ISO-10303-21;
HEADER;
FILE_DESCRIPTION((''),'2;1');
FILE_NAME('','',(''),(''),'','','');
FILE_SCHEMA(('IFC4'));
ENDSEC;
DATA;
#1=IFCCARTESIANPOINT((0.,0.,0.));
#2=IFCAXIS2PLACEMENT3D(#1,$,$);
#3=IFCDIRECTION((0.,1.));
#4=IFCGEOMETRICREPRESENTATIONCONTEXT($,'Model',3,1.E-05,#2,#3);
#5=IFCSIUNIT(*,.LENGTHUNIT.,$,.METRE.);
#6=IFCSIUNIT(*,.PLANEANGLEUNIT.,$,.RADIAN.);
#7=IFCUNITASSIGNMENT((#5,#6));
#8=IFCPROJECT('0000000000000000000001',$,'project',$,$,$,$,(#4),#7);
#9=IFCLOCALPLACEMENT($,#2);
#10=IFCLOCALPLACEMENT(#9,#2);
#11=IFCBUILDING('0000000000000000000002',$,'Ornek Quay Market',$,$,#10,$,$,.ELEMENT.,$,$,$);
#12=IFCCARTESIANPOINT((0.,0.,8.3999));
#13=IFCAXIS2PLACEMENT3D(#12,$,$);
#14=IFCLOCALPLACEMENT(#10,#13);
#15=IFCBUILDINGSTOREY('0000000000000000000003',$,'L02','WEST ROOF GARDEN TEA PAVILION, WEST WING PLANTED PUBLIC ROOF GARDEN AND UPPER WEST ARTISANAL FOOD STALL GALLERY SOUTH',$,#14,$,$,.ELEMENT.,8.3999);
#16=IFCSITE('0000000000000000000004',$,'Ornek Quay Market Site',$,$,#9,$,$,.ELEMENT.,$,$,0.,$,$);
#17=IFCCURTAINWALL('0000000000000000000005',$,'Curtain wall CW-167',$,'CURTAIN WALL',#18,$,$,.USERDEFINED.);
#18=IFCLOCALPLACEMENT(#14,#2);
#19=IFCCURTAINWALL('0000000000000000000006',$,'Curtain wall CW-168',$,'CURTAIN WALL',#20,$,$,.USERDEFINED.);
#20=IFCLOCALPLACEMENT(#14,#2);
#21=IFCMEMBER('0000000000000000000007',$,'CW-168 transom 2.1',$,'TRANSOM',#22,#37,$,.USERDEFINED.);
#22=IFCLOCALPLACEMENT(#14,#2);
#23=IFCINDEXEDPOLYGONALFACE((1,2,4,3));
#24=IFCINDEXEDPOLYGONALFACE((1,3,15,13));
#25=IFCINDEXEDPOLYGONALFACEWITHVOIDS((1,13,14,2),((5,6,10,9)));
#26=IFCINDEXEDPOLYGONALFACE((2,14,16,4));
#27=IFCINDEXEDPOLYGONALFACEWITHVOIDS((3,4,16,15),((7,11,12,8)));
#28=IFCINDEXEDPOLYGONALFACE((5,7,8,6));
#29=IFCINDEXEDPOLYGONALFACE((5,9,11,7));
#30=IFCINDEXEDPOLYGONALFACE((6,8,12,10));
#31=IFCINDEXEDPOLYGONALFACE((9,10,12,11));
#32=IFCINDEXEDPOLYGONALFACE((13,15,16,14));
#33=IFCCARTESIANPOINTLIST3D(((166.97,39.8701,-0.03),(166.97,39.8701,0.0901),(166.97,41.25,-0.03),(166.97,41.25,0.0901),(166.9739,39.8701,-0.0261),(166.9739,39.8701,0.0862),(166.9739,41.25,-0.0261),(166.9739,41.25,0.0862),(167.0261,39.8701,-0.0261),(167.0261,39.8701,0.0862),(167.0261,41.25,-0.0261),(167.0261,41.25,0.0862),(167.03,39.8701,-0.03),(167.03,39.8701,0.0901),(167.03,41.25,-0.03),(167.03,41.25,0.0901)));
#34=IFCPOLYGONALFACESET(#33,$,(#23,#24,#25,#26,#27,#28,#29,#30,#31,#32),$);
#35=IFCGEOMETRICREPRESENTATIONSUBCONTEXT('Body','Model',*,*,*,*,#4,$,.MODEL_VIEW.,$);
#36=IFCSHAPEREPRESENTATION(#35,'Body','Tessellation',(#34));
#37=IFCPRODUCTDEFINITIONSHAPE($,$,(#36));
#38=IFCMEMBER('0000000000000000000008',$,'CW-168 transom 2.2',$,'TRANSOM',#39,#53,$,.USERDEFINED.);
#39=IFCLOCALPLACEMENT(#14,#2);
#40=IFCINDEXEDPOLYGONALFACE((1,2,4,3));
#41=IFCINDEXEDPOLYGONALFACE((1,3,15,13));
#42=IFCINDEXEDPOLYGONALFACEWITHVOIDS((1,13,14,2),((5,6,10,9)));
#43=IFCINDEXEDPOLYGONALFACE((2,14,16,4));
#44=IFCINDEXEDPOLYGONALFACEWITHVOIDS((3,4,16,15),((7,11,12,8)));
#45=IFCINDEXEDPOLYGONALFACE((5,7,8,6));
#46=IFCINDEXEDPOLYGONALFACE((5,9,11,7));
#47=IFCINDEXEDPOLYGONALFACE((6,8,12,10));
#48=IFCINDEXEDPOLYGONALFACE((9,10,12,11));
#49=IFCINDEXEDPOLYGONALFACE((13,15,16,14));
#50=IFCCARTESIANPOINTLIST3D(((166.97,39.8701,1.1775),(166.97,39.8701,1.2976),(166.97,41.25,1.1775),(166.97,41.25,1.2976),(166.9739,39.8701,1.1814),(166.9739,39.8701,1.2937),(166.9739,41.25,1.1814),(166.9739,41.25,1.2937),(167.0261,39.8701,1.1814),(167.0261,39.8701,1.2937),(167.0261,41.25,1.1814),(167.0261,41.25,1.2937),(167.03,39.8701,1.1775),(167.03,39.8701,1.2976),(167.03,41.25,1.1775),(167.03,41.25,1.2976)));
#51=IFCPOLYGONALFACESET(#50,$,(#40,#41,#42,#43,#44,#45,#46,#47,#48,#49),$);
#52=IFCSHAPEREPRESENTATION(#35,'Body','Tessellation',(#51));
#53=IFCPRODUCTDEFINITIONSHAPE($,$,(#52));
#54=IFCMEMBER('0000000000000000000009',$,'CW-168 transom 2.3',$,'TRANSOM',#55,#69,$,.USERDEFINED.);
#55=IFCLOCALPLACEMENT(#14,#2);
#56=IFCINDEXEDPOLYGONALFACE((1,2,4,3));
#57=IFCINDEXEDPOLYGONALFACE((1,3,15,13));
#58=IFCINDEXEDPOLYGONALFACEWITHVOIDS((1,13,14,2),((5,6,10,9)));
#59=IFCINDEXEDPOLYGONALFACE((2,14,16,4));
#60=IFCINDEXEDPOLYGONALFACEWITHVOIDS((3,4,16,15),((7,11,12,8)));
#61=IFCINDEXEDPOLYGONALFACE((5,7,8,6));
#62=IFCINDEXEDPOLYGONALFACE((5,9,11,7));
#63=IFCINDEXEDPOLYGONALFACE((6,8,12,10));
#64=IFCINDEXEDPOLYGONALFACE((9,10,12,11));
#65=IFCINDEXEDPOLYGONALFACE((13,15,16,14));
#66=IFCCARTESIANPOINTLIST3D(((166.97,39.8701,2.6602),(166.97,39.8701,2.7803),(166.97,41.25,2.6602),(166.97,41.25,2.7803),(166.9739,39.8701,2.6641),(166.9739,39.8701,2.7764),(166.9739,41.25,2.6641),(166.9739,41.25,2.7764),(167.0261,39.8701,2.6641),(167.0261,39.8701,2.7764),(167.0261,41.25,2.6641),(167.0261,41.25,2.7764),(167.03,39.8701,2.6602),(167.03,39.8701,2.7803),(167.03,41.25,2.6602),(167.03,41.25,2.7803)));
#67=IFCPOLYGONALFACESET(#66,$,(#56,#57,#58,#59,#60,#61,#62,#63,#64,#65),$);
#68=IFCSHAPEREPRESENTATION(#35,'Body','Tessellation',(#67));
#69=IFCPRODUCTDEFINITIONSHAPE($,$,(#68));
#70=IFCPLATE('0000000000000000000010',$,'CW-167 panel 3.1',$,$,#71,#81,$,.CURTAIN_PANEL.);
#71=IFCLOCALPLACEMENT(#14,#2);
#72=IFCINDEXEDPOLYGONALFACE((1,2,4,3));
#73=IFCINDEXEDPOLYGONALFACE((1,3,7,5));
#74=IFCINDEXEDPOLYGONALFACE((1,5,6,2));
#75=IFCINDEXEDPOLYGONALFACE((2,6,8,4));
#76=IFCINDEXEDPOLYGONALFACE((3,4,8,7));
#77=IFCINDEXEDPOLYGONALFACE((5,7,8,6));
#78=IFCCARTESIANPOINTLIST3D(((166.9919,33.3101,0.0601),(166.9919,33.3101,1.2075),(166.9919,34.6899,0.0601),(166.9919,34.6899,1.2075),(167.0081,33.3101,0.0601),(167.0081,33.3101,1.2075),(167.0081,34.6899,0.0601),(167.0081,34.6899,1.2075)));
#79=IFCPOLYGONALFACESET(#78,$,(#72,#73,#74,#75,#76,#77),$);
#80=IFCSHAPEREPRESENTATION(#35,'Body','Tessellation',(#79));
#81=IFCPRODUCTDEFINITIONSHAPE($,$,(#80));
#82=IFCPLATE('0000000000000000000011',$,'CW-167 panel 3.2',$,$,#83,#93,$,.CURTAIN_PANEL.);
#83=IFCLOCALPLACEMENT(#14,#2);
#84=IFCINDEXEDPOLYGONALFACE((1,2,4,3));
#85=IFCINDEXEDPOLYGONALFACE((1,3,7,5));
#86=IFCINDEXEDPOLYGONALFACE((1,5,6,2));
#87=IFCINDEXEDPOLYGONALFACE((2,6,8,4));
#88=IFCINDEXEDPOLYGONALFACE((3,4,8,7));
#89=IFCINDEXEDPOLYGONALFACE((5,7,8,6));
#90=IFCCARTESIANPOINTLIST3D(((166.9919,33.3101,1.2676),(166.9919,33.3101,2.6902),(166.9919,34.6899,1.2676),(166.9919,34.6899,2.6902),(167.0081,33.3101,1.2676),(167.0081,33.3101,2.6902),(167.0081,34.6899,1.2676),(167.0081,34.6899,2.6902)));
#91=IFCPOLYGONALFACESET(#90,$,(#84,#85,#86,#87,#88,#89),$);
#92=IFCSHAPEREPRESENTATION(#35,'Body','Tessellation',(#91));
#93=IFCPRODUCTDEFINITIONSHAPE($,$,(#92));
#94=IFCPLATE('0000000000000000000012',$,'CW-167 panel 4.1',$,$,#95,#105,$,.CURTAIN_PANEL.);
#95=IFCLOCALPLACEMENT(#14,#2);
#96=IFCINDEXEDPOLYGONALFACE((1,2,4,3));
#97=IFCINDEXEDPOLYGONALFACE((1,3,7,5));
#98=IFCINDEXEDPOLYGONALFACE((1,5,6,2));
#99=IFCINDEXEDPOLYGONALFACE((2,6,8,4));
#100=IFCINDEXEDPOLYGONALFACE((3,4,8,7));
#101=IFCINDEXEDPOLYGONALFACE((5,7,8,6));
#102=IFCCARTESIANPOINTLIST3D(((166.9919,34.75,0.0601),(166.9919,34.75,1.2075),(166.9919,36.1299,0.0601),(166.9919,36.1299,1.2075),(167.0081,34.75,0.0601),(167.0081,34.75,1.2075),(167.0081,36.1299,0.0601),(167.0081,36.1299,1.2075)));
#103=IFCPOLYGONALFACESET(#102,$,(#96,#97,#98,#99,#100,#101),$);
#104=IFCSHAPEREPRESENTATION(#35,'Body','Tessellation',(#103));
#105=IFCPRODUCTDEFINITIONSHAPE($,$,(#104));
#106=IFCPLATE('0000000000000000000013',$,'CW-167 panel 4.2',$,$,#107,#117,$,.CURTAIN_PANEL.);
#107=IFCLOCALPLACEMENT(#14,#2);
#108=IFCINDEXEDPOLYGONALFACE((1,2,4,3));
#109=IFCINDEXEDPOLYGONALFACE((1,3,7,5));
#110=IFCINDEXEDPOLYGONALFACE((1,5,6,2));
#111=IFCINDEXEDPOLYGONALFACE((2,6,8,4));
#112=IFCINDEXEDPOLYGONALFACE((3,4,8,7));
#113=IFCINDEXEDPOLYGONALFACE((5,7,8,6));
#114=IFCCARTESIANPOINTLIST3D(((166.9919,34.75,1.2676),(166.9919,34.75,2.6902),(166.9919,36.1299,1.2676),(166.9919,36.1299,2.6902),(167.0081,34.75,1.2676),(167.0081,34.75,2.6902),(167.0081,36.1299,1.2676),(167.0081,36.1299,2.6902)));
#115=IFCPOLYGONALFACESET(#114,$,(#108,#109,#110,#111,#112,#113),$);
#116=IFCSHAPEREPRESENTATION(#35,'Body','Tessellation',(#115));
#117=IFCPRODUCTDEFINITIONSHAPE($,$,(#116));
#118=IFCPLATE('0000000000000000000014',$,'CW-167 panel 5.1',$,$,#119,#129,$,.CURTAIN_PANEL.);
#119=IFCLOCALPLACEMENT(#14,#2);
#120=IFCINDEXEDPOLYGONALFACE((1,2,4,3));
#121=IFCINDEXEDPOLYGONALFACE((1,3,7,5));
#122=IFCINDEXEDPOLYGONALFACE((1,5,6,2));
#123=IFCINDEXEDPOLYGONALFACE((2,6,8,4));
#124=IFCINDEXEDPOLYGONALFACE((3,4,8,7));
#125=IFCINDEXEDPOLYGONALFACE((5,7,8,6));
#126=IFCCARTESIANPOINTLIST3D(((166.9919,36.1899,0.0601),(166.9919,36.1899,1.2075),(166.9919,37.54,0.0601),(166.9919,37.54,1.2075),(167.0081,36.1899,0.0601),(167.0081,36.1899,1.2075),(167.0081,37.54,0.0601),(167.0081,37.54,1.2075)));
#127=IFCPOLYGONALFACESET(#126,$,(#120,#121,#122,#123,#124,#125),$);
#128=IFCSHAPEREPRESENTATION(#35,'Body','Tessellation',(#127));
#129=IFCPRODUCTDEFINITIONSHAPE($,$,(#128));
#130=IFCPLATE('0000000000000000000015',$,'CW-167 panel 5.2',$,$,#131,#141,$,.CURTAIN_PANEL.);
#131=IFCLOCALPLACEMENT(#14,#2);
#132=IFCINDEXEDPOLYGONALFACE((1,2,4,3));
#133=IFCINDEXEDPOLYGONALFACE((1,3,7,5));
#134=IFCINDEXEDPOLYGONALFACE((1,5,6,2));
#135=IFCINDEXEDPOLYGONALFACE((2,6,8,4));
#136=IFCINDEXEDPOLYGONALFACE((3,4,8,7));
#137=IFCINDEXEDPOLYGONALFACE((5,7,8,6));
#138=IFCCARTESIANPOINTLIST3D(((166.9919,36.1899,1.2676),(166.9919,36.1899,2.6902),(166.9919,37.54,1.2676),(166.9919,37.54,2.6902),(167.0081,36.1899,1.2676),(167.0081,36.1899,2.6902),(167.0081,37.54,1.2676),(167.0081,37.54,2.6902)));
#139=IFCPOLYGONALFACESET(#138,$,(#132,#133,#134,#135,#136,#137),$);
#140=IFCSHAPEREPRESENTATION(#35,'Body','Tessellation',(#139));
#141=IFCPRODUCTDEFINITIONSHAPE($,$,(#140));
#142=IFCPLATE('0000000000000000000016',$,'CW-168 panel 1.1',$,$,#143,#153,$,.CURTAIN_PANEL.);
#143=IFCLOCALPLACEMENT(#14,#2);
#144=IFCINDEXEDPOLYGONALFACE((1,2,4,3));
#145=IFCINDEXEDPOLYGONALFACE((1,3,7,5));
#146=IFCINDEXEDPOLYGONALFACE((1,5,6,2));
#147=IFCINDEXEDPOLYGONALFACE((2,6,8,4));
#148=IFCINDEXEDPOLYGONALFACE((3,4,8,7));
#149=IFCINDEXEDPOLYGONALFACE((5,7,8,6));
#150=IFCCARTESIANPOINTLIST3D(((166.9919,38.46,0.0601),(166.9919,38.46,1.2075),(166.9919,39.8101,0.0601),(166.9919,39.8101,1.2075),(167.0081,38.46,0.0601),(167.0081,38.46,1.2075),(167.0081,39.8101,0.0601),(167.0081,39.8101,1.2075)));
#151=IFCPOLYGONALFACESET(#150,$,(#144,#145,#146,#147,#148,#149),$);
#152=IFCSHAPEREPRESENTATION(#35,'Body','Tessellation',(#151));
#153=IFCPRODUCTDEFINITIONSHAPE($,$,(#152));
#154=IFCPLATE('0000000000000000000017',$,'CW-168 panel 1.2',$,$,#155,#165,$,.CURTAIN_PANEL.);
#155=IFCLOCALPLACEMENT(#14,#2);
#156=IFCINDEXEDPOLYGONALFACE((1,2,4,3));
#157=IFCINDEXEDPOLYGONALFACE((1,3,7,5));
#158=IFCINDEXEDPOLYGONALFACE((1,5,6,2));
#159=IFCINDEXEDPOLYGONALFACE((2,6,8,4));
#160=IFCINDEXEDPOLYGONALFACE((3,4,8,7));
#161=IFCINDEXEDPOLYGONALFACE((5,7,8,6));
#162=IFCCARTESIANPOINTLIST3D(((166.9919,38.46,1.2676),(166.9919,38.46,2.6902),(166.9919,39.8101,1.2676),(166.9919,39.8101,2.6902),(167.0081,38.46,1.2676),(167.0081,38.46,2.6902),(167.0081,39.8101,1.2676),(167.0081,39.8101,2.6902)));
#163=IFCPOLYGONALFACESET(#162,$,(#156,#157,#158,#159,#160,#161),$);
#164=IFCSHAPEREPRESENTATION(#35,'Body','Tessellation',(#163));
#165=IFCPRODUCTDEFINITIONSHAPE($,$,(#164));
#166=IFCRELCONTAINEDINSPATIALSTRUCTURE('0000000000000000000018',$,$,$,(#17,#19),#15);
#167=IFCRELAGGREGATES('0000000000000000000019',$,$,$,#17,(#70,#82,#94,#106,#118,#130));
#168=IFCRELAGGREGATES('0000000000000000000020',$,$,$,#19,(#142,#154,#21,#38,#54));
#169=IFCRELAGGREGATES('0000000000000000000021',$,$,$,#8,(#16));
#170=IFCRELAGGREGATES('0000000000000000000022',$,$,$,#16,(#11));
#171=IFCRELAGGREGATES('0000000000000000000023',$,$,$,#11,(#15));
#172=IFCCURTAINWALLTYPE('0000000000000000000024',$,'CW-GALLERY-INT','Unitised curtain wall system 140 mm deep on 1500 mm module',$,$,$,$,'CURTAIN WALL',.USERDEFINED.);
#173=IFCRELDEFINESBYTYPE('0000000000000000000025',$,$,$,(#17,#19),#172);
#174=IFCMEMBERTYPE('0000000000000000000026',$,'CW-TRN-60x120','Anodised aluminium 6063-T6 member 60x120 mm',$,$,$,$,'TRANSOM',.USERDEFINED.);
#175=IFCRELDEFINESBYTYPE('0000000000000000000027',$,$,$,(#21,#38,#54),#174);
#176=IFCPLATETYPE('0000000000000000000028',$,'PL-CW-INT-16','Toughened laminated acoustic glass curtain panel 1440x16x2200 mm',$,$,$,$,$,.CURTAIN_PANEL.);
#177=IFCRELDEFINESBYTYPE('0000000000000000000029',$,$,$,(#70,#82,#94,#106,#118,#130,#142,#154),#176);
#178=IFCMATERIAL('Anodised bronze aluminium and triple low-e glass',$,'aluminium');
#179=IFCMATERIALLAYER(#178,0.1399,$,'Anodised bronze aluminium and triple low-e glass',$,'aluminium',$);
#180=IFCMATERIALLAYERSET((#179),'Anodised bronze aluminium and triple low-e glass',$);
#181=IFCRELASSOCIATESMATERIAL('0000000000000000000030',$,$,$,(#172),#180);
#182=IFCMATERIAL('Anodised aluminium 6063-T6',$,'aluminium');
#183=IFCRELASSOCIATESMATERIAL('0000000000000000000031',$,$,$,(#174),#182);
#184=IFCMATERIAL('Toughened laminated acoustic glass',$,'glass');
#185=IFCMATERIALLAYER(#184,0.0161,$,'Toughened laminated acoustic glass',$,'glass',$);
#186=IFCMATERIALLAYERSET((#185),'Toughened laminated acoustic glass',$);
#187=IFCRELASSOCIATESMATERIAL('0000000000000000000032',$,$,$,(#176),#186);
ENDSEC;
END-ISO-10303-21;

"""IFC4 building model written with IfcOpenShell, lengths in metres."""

from ifc_helpers import new_model, si_unit, direction, frame, origin, origin_2d, place, context, subcontext, project, spatial, rectangle, hollow_rectangle, extrude, material, layer, layer_set, material_profile, profile_set, type_object, element, aggregate, save


model = new_model("IFC4")

# Units and contexts
model_context = context("Model", 3, precision=1e-05, world=origin(), true_north=direction((0.0, 1.0)))
body_context = subcontext(model_context, "Body", "Model", "MODEL_VIEW")
ifc_project = project(units=[si_unit("LENGTHUNIT", "METRE"), si_unit("PLANEANGLEUNIT", "RADIAN")], contexts=[model_context])

# Site, building, storey
site_placement = place(None, origin())
site = spatial("IfcSite", under=ifc_project, at=site_placement, Name="Ornek Quay Market Site", CompositionType="ELEMENT", RefElevation=0.0)
building_placement = place(site_placement, origin())
building = spatial("IfcBuilding", under=site, at=building_placement, Name="Ornek Quay Market", CompositionType="ELEMENT")
storey_placement = place(building_placement, frame((0.0, 0.0, 8.3999)))
storey = spatial("IfcBuildingStorey", under=building, at=storey_placement, Name="L02", Description="WEST ROOF GARDEN TEA PAVILION, WEST WING PLANTED PUBLIC ROOF GARDEN AND UPPER WEST ARTISANAL FOOD STALL GALLERY SOUTH", CompositionType="ELEMENT", Elevation=8.3999)

# Curtain walls
ifc_material_1 = material(Name="Anodised bronze aluminium and triple low-e glass", Category="aluminium")
ifc_layer_1 = layer(ifc_material_1, 0.1399, Name="Anodised bronze aluminium and triple low-e glass", Category="aluminium")
ifc_layer_set_1 = layer_set([ifc_layer_1], Name="Anodised bronze aluminium and triple low-e glass")
curtain_wall_type = type_object("IfcCurtainWallType", Name="CW-GALLERY-INT", Description="Unitised curtain wall system 140 mm deep on 1500 mm module", ElementType="CURTAIN WALL", PredefinedType="USERDEFINED", material=ifc_layer_set_1)
curtain_wall_1_placement = place(storey_placement, origin())
curtain_wall_1 = element("IfcCurtainWall", 1, at=curtain_wall_1_placement, inside=storey, type_object=curtain_wall_type, Name="Curtain wall CW-167", ObjectType="CURTAIN WALL", PredefinedType="USERDEFINED")
ifc_material_2 = material(Name="Anodised aluminium 6063-T6", Category="aluminium")
curtain_wall_2_placement = place(storey_placement, origin())
curtain_wall_2 = element("IfcCurtainWall", 2, at=curtain_wall_2_placement, inside=storey, type_object=curtain_wall_type, Name="Curtain wall CW-168", ObjectType="CURTAIN WALL", PredefinedType="USERDEFINED")

# Members
ifc_material_profile_1 = material_profile(ifc_material_2, hollow_rectangle(XDim=0.0601, YDim=0.1201, WallThickness=0.0039, at=origin_2d()), Name="CW-TRN-60x120", Category="aluminium")
ifc_profile_set_1 = profile_set([ifc_material_profile_1], Name="Anodised aluminium 6063-T6")
member_type_1 = type_object("IfcMemberType", Name="CW-TRN-60x120", Description="Anodised aluminium 6063-T6 member 60x120 mm", ElementType="TRANSOM", PredefinedType="USERDEFINED", material=ifc_profile_set_1)
member_1_placement = place(storey_placement, frame((167.0, 39.8701, 0.03), z_axis=(0.0, 1.0, 0.0), x_axis=(-1.0, 0.0, 0.0)))
member_1 = element("IfcMember", 3, at=member_1_placement, type_object=member_type_1, Name="CW-168 transom 2.1", ObjectType="TRANSOM", PredefinedType="USERDEFINED", context=body_context, shape_type="SweptSolid", body=[
    extrude(hollow_rectangle(XDim=0.0601, YDim=0.1201, WallThickness=0.0039, at=origin_2d()), origin(), (0.0, 0.0, 1.0), 1.3799),
])
member_2_placement = place(storey_placement, frame((167.0, 39.8701, 1.2375), z_axis=(0.0, 1.0, 0.0), x_axis=(-1.0, 0.0, 0.0)))
member_2 = element("IfcMember", 4, at=member_2_placement, type_object=member_type_1, Name="CW-168 transom 2.2", ObjectType="TRANSOM", PredefinedType="USERDEFINED", context=body_context, shape_type="SweptSolid", body=[
    extrude(hollow_rectangle(XDim=0.0601, YDim=0.1201, WallThickness=0.0039, at=origin_2d()), origin(), (0.0, 0.0, 1.0), 1.3799),
])
member_3_placement = place(storey_placement, frame((167.0, 39.8701, 2.7202), z_axis=(0.0, 1.0, 0.0), x_axis=(-1.0, 0.0, 0.0)))
member_3 = element("IfcMember", 5, at=member_3_placement, type_object=member_type_1, Name="CW-168 transom 2.3", ObjectType="TRANSOM", PredefinedType="USERDEFINED", context=body_context, shape_type="SweptSolid", body=[
    extrude(hollow_rectangle(XDim=0.0601, YDim=0.1201, WallThickness=0.0039, at=origin_2d()), origin(), (0.0, 0.0, 1.0), 1.3799),
])

# Plates
ifc_material_3 = material(Name="Toughened laminated acoustic glass", Category="glass")
ifc_layer_2 = layer(ifc_material_3, 0.0161, Name="Toughened laminated acoustic glass", Category="glass")
ifc_layer_set_2 = layer_set([ifc_layer_2], Name="Toughened laminated acoustic glass")
plate_type = type_object("IfcPlateType", Name="PL-CW-INT-16", Description="Toughened laminated acoustic glass curtain panel 1440x16x2200 mm", PredefinedType="CURTAIN_PANEL", material=ifc_layer_set_2)
plate_1_placement = place(storey_placement, frame((167.0, 34.0, 0.0601), z_axis=(0.0, 0.0, 1.0), x_axis=(0.0, 1.0, 0.0)))
plate_1 = element("IfcPlate", 6, at=plate_1_placement, type_object=plate_type, Name="CW-167 panel 3.1", PredefinedType="CURTAIN_PANEL", context=body_context, shape_type="SweptSolid", body=[
    extrude(rectangle(XDim=1.3799, YDim=0.0161, at=origin_2d()), origin(), (0.0, 0.0, 1.0), 1.1475),
])
plate_2_placement = place(storey_placement, frame((167.0, 34.0, 1.2676), z_axis=(0.0, 0.0, 1.0), x_axis=(0.0, 1.0, 0.0)))
plate_2 = element("IfcPlate", 7, at=plate_2_placement, type_object=plate_type, Name="CW-167 panel 3.2", PredefinedType="CURTAIN_PANEL", context=body_context, shape_type="SweptSolid", body=[
    extrude(rectangle(XDim=1.3799, YDim=0.0161, at=origin_2d()), origin(), (0.0, 0.0, 1.0), 1.4226),
])
plate_3_placement = place(storey_placement, frame((167.0, 35.4399, 0.0601), z_axis=(0.0, 0.0, 1.0), x_axis=(0.0, 1.0, 0.0)))
plate_3 = element("IfcPlate", 8, at=plate_3_placement, type_object=plate_type, Name="CW-167 panel 4.1", PredefinedType="CURTAIN_PANEL", context=body_context, shape_type="SweptSolid", body=[
    extrude(rectangle(XDim=1.3799, YDim=0.0161, at=origin_2d()), origin(), (0.0, 0.0, 1.0), 1.1475),
])
plate_4_placement = place(storey_placement, frame((167.0, 35.4399, 1.2676), z_axis=(0.0, 0.0, 1.0), x_axis=(0.0, 1.0, 0.0)))
plate_4 = element("IfcPlate", 9, at=plate_4_placement, type_object=plate_type, Name="CW-167 panel 4.2", PredefinedType="CURTAIN_PANEL", context=body_context, shape_type="SweptSolid", body=[
    extrude(rectangle(XDim=1.3799, YDim=0.0161, at=origin_2d()), origin(), (0.0, 0.0, 1.0), 1.4226),
])
plate_5_placement = place(storey_placement, frame((167.0, 36.865, 0.0601), z_axis=(0.0, 0.0, 1.0), x_axis=(0.0, 1.0, 0.0)))
plate_5 = element("IfcPlate", 10, at=plate_5_placement, type_object=plate_type, Name="CW-167 panel 5.1", PredefinedType="CURTAIN_PANEL", context=body_context, shape_type="SweptSolid", body=[
    extrude(rectangle(XDim=1.3501, YDim=0.0161, at=origin_2d()), origin(), (0.0, 0.0, 1.0), 1.1475),
])
plate_6_placement = place(storey_placement, frame((167.0, 36.865, 1.2676), z_axis=(0.0, 0.0, 1.0), x_axis=(0.0, 1.0, 0.0)))
plate_6 = element("IfcPlate", 11, at=plate_6_placement, type_object=plate_type, Name="CW-167 panel 5.2", PredefinedType="CURTAIN_PANEL", context=body_context, shape_type="SweptSolid", body=[
    extrude(rectangle(XDim=1.3501, YDim=0.0161, at=origin_2d()), origin(), (0.0, 0.0, 1.0), 1.4226),
])
aggregate(curtain_wall_1, [plate_1, plate_2, plate_3, plate_4, plate_5, plate_6])
plate_7_placement = place(storey_placement, frame((167.0, 39.135, 0.0601), z_axis=(0.0, 0.0, 1.0), x_axis=(0.0, 1.0, 0.0)))
plate_7 = element("IfcPlate", 12, at=plate_7_placement, type_object=plate_type, Name="CW-168 panel 1.1", PredefinedType="CURTAIN_PANEL", context=body_context, shape_type="SweptSolid", body=[
    extrude(rectangle(XDim=1.3501, YDim=0.0161, at=origin_2d()), origin(), (0.0, 0.0, 1.0), 1.1475),
])
plate_8_placement = place(storey_placement, frame((167.0, 39.135, 1.2676), z_axis=(0.0, 0.0, 1.0), x_axis=(0.0, 1.0, 0.0)))
plate_8 = element("IfcPlate", 13, at=plate_8_placement, type_object=plate_type, Name="CW-168 panel 1.2", PredefinedType="CURTAIN_PANEL", context=body_context, shape_type="SweptSolid", body=[
    extrude(rectangle(XDim=1.3501, YDim=0.0161, at=origin_2d()), origin(), (0.0, 0.0, 1.0), 1.4226),
])
aggregate(curtain_wall_2, [plate_7, plate_8, member_1, member_2, member_3])

save(model, "model.ifc")
